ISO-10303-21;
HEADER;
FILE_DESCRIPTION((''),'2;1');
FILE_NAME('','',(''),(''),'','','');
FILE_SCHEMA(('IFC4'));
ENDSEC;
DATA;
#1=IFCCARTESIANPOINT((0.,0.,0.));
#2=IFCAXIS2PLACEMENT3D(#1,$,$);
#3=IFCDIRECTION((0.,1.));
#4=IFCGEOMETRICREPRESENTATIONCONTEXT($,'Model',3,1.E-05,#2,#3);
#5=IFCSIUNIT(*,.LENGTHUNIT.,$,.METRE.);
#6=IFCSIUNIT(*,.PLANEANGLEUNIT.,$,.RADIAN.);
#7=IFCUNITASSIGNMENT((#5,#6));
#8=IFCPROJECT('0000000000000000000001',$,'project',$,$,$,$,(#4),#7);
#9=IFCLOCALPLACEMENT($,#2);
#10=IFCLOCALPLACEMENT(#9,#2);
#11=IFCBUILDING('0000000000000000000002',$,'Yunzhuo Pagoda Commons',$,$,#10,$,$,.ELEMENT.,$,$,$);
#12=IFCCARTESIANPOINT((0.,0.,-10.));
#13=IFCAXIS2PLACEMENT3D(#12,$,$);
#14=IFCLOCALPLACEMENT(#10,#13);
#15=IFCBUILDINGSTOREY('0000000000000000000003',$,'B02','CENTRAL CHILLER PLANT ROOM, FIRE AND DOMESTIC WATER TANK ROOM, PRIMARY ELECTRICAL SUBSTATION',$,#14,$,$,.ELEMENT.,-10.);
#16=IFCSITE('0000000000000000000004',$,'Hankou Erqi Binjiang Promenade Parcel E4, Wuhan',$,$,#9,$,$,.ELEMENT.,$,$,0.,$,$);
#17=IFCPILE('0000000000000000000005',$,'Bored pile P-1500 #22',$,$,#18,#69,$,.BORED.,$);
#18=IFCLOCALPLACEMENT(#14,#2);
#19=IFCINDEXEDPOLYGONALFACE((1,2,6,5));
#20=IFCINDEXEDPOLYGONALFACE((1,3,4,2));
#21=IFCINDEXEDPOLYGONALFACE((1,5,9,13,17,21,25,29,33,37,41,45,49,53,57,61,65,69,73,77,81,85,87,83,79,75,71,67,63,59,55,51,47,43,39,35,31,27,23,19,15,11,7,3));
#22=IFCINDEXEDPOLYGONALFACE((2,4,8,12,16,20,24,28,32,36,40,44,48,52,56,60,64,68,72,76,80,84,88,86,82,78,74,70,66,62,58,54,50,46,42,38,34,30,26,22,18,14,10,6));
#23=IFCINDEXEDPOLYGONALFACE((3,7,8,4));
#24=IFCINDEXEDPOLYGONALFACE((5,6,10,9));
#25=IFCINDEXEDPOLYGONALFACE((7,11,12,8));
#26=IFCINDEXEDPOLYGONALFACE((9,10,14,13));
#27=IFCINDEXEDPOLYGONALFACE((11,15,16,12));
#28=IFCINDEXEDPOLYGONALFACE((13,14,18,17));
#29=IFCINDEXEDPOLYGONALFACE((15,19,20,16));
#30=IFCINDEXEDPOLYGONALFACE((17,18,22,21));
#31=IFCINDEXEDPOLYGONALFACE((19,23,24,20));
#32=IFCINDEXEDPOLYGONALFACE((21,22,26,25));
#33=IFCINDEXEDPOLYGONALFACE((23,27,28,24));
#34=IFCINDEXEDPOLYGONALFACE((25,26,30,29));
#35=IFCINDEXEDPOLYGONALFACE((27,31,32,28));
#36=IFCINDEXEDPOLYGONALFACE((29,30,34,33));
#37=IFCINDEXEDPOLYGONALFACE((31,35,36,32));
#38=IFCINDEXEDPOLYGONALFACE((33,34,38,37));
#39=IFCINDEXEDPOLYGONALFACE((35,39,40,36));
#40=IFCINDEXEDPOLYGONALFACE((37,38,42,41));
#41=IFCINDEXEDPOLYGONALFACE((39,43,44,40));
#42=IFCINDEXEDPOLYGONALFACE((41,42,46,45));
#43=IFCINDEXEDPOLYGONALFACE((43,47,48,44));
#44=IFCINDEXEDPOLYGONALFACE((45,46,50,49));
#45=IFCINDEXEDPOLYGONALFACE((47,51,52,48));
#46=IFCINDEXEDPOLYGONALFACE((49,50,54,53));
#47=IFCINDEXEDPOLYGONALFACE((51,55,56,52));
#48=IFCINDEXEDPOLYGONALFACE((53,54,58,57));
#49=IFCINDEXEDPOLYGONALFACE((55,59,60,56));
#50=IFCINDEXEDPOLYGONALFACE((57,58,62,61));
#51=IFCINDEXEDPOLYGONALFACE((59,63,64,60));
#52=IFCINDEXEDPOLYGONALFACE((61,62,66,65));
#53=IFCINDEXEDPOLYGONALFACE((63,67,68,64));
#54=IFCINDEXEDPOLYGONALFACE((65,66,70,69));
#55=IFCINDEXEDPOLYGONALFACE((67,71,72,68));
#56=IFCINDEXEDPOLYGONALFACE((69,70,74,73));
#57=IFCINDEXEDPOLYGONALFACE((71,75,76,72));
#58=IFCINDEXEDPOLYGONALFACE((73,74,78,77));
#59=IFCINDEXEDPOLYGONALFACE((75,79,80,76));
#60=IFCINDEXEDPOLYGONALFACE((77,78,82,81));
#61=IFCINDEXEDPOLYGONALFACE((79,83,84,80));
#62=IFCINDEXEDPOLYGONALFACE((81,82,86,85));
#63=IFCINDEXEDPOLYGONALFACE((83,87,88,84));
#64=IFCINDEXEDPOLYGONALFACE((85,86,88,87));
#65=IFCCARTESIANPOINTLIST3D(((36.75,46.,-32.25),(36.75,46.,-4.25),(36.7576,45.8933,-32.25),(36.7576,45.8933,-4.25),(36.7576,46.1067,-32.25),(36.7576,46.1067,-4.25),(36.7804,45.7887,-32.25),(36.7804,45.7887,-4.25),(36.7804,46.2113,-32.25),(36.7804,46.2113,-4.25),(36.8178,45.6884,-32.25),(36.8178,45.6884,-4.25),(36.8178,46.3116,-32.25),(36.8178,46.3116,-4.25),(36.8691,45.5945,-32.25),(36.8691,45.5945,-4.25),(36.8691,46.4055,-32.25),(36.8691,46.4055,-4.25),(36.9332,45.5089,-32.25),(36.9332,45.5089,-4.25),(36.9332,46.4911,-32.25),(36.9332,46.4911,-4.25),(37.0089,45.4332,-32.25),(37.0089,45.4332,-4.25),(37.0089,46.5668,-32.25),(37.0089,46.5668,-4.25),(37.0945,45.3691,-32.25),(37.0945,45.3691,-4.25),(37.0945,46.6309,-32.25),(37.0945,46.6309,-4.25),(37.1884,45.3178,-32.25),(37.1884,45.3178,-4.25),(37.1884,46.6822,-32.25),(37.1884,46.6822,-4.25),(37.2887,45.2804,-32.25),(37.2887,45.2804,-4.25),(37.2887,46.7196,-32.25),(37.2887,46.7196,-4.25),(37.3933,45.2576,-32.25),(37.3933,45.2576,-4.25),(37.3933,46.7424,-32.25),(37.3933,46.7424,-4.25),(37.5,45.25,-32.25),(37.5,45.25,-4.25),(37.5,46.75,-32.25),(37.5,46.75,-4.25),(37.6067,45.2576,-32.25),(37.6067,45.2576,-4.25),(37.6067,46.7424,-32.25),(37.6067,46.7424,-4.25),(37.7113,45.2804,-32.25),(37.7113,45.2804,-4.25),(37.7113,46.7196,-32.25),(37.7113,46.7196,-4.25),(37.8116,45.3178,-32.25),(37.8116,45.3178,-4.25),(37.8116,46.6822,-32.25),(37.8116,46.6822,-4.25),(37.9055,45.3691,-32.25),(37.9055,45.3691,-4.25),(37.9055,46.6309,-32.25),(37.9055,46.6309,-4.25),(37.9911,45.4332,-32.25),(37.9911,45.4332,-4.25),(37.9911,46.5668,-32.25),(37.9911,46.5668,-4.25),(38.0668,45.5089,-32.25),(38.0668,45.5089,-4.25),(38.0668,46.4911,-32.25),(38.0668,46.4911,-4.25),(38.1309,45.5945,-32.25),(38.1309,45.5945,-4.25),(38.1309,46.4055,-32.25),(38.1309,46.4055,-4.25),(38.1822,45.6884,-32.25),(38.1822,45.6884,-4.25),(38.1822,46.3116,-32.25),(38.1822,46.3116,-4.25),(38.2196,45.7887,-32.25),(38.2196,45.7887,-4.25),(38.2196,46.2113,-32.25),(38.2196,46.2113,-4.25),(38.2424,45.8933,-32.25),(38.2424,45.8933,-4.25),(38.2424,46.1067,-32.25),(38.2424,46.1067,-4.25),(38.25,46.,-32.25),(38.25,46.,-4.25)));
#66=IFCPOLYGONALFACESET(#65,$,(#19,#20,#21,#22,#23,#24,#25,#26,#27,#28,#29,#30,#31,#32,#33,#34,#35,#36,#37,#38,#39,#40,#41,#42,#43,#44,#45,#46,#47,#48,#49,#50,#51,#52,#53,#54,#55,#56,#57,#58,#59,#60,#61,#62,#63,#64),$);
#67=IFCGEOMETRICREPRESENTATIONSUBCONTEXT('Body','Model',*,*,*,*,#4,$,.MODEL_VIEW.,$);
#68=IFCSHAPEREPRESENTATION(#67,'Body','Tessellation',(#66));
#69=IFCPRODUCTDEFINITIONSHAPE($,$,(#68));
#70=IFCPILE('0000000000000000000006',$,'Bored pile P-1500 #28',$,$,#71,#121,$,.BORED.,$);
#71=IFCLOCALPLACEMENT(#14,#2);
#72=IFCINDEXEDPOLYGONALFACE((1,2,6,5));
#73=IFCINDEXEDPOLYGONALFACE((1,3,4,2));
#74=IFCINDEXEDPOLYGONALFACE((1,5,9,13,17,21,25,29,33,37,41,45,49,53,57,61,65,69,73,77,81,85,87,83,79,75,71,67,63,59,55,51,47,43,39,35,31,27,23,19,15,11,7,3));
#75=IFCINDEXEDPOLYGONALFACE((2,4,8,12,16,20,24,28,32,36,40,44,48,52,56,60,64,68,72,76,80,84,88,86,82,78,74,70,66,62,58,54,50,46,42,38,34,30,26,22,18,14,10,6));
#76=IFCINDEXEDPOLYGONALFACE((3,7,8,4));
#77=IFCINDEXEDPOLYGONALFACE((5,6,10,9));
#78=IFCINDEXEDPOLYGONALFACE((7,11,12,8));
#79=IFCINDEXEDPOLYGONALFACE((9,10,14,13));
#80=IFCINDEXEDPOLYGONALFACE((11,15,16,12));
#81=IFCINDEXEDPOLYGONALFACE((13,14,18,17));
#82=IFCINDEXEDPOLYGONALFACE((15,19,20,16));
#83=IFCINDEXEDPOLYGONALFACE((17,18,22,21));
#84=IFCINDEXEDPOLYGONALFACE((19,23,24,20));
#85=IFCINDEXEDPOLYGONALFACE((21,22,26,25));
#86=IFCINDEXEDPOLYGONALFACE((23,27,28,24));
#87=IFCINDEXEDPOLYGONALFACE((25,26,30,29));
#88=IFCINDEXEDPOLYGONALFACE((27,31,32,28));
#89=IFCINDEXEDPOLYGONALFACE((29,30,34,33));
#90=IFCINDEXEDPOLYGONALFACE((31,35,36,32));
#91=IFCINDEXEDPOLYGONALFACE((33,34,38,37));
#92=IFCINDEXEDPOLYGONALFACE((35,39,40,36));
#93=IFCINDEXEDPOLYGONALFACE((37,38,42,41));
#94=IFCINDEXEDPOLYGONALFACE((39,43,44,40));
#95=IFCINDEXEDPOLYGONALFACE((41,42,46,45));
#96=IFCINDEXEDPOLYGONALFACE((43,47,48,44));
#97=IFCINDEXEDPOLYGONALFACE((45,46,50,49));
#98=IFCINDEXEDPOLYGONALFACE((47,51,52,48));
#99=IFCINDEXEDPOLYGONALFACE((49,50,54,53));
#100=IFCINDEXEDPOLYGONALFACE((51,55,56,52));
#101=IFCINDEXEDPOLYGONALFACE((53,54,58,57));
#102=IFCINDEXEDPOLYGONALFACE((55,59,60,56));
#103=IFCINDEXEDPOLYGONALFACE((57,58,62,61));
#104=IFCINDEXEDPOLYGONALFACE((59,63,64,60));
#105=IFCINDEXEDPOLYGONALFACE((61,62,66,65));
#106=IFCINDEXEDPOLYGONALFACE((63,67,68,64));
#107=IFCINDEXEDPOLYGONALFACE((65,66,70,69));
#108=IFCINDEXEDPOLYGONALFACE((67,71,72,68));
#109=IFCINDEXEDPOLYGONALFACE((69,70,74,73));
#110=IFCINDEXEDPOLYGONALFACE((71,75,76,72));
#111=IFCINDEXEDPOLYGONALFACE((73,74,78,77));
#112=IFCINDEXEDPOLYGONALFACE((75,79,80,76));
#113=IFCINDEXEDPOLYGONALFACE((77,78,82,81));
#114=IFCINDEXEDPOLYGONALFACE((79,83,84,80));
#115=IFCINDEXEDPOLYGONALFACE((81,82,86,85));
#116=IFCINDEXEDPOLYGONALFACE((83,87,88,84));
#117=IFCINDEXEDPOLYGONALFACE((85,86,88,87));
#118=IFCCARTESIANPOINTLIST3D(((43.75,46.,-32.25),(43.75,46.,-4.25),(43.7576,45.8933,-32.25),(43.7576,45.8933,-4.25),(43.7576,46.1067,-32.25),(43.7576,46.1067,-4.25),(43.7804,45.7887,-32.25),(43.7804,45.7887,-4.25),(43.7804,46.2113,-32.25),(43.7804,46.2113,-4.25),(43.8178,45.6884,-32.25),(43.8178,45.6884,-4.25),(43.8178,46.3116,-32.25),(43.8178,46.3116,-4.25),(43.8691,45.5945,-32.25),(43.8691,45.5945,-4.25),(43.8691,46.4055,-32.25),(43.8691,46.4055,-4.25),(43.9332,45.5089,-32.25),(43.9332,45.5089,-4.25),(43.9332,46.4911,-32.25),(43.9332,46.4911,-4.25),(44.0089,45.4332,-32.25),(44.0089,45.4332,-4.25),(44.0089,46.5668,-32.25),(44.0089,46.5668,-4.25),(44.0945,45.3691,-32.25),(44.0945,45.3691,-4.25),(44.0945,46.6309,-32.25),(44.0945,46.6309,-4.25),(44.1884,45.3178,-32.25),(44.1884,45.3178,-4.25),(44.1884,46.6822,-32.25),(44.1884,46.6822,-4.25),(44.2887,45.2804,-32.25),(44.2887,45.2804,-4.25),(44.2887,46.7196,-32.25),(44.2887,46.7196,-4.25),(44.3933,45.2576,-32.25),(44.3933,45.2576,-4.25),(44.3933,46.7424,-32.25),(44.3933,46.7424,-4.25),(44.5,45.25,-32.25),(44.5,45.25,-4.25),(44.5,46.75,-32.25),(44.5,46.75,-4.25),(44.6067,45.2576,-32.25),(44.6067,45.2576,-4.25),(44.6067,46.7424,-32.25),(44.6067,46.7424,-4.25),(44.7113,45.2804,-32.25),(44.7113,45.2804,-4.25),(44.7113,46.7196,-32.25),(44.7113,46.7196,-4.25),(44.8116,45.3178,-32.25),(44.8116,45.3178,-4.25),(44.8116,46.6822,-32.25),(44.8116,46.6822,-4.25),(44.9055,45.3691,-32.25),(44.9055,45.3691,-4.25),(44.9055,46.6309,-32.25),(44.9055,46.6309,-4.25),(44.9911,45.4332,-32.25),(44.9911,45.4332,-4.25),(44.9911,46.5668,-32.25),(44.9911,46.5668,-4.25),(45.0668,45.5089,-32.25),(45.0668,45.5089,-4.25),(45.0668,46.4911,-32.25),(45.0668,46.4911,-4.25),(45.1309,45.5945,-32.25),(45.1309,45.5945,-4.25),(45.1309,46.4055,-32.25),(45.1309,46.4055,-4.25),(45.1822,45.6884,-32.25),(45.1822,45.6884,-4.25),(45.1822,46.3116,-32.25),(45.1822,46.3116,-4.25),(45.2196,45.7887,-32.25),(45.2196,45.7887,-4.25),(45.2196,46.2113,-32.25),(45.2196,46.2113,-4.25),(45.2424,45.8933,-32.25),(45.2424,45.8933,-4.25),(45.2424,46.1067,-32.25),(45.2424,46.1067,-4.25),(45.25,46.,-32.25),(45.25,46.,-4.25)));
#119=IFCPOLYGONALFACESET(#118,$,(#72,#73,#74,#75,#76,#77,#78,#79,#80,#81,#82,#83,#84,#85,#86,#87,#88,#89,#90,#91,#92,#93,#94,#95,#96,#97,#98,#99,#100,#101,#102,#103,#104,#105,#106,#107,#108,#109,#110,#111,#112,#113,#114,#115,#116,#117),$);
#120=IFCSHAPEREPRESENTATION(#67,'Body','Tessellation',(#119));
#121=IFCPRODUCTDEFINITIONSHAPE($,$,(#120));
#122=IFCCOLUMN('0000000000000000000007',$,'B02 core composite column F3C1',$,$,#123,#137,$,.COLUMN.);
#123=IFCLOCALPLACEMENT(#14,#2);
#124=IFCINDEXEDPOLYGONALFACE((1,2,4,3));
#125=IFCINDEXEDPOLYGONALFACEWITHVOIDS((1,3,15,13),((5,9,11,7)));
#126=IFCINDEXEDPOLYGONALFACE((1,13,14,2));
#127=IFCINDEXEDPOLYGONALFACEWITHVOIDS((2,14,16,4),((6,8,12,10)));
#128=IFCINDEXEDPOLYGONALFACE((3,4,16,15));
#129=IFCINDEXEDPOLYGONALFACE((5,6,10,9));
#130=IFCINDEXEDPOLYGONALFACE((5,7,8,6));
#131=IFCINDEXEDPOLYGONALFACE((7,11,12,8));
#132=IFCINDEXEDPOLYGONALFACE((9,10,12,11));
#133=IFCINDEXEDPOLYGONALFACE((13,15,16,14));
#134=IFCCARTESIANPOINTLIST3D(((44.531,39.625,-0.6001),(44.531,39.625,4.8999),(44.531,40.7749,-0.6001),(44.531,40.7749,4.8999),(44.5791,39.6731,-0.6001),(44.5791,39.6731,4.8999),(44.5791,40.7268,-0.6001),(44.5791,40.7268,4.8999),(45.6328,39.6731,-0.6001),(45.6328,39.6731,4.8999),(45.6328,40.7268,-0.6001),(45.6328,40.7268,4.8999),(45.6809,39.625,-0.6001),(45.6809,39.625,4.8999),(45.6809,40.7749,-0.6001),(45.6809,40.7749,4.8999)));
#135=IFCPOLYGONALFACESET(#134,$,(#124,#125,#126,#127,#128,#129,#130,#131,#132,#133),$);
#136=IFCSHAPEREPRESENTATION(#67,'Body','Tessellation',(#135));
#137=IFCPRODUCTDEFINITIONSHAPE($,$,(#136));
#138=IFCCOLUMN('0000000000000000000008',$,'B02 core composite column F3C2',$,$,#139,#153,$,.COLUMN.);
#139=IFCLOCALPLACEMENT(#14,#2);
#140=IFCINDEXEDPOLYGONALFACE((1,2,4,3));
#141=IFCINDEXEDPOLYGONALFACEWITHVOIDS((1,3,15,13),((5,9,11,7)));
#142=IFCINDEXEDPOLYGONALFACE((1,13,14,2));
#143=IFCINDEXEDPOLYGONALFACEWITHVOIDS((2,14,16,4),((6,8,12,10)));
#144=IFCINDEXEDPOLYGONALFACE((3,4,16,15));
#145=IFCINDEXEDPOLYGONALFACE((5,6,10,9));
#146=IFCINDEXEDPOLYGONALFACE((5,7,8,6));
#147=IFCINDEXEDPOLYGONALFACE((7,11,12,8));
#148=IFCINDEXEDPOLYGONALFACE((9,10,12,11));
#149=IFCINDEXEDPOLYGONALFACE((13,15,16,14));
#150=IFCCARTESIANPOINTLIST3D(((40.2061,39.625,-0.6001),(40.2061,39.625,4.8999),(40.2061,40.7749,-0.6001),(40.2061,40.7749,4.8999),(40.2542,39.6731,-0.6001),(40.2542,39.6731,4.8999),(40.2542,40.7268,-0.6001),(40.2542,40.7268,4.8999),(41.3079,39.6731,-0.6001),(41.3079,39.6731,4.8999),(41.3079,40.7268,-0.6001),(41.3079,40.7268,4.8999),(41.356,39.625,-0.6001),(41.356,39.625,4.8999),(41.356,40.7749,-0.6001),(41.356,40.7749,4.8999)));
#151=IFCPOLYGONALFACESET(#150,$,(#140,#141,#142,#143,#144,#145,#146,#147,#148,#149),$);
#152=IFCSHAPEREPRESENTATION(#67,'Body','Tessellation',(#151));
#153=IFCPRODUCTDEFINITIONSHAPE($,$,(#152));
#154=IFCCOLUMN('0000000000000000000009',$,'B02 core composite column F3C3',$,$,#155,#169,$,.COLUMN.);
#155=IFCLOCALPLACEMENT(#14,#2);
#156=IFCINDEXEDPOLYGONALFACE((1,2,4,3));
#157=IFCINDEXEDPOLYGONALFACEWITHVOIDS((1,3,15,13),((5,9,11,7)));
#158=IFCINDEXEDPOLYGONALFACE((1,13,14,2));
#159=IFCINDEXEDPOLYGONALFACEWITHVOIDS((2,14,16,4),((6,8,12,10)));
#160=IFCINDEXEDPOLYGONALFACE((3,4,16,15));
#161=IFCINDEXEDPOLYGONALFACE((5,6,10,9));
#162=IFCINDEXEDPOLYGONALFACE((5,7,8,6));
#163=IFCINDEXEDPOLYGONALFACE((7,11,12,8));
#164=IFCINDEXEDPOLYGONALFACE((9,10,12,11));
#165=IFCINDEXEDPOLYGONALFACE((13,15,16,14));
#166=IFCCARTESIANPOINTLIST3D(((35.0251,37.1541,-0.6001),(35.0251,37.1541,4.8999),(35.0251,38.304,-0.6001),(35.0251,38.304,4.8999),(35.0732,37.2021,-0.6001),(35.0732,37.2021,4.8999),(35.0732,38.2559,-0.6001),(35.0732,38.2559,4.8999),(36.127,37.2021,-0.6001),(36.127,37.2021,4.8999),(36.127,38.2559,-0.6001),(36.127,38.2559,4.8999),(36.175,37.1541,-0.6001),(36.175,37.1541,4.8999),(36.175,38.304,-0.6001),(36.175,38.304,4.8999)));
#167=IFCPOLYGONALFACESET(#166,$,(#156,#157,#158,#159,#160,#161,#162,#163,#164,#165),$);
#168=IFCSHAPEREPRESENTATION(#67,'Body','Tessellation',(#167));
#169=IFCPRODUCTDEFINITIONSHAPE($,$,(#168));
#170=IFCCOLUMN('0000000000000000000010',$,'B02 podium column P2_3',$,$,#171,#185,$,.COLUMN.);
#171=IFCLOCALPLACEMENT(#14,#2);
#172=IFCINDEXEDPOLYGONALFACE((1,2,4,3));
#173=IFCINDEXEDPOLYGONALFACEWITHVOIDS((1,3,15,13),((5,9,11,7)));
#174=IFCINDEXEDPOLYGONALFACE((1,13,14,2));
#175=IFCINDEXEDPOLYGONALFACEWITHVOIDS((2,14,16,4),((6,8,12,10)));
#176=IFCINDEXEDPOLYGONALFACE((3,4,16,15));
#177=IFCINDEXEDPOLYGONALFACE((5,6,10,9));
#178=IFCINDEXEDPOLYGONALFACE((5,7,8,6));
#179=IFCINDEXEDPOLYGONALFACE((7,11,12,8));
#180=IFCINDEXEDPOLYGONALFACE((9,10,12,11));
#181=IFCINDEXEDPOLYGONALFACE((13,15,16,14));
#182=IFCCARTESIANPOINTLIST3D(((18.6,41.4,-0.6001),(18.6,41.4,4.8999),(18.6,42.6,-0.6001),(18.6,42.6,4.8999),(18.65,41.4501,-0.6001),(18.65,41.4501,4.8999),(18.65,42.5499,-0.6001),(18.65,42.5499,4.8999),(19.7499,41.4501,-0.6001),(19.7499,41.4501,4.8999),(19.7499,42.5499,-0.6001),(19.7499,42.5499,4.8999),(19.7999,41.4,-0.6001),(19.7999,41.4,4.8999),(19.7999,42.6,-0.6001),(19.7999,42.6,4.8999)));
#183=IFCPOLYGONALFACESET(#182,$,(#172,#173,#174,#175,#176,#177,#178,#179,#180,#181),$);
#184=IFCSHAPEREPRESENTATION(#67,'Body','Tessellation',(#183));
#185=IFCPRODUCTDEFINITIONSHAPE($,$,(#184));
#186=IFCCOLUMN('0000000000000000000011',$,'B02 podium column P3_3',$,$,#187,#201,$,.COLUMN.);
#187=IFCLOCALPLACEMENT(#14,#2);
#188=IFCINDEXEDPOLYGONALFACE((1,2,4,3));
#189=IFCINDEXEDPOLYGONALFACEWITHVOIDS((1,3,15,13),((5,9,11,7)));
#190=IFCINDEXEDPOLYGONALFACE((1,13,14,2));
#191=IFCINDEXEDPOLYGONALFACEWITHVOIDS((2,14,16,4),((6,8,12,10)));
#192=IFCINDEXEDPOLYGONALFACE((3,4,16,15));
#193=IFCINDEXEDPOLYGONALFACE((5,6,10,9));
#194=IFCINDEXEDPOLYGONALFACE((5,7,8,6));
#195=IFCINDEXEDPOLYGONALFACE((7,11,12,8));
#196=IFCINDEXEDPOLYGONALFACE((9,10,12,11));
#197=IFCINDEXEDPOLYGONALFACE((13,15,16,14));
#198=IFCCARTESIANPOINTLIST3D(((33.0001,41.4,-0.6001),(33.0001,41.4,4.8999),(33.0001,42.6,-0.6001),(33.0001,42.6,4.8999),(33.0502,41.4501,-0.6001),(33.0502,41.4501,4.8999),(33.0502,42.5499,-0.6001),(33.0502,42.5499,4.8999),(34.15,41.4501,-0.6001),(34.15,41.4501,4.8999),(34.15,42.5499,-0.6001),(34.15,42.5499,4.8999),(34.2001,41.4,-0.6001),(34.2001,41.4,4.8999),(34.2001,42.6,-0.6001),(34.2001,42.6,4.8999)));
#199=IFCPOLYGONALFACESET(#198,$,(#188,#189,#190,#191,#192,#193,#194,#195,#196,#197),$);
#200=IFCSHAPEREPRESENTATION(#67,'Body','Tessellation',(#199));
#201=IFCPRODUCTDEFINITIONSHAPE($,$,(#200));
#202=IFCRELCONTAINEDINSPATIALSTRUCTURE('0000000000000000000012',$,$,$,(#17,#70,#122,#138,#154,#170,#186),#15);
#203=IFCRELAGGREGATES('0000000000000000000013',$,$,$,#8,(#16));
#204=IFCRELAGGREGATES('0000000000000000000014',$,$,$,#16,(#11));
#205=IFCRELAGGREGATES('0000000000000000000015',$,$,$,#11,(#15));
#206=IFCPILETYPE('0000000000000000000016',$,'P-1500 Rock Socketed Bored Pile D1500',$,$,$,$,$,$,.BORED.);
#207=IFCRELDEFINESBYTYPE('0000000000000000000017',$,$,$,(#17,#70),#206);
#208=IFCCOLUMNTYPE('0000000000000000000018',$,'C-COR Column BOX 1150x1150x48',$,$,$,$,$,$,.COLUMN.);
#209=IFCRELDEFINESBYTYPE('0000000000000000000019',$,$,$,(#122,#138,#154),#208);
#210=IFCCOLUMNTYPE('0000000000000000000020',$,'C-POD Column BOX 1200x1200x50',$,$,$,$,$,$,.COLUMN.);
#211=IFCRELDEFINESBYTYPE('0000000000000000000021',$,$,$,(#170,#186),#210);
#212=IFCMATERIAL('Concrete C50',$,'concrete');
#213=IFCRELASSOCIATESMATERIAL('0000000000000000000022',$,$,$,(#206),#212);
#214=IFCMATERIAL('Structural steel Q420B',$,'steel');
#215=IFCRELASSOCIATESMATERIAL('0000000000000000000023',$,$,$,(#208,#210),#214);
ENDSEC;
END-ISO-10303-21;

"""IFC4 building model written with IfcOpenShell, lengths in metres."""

from ifc_helpers import new_model, si_unit, direction, frame, origin, origin_2d, place, context, subcontext, project, spatial, hollow_rectangle, circle, extrude, source, transform, mapped, material, material_profile, profile_set, type_object, element, save


model = new_model("IFC4")

# Units and contexts
model_context = context("Model", 3, precision=1e-05, world=origin(), true_north=direction((0.0, 1.0)))
body_context = subcontext(model_context, "Body", "Model", "MODEL_VIEW")
ifc_project = project(units=[si_unit("LENGTHUNIT", "METRE"), si_unit("PLANEANGLEUNIT", "RADIAN")], contexts=[model_context])

# Site, building, storey
site_placement = place(None, origin())
site = spatial("IfcSite", under=ifc_project, at=site_placement, Name="Hankou Erqi Binjiang Promenade Parcel E4, Wuhan", CompositionType="ELEMENT", RefElevation=0.0)
building_placement = place(site_placement, origin())
building = spatial("IfcBuilding", under=site, at=building_placement, Name="Yunzhuo Pagoda Commons", CompositionType="ELEMENT")
storey_placement = place(building_placement, frame((0.0, 0.0, -10.0)))
storey = spatial("IfcBuildingStorey", under=building, at=storey_placement, Name="B02", Description="CENTRAL CHILLER PLANT ROOM, FIRE AND DOMESTIC WATER TANK ROOM, PRIMARY ELECTRICAL SUBSTATION", CompositionType="ELEMENT", Elevation=-10.0)

# Piles
ifc_material_1 = material(Name="Concrete C50", Category="concrete")
ifc_material_profile_1 = material_profile(ifc_material_1, circle(Radius=0.75, at=origin_2d()), Name="Concrete C50")
ifc_profile_set_1 = profile_set([ifc_material_profile_1], Name="Concrete C50")
pile_type = type_object("IfcPileType", Name="P-1500 Rock Socketed Bored Pile D1500", PredefinedType="BORED", material=ifc_profile_set_1)
shared_shape_1 = source(origin(), body_context, "Body", "SweptSolid", [
    extrude(circle(Radius=0.75, at=origin_2d()), origin(), (0.0, 0.0, 1.0), 28.0),
])
for number, where, z_axis, x_axis, name in (
    (1, (37.5, 46.0, -4.25), (0.0, 0.0, -1.0), (1.0, 0.0, 0.0), "Bored pile P-1500 #22"),
    (2, (44.5, 46.0, -4.25), (0.0, 0.0, -1.0), (1.0, 0.0, 0.0), "Bored pile P-1500 #28"),
):
    element("IfcPile", number, at=place(storey_placement, frame(where, z_axis=z_axis, x_axis=x_axis)), inside=storey, type_object=pile_type, Name=name, PredefinedType="BORED", context=body_context, shape_type="MappedRepresentation", body=[
        mapped(shared_shape_1, transform((0.0, 0.0, 0.0), scale=1.0)),
    ])

# Columns
ifc_material_2 = material(Name="Structural steel Q420B", Category="steel")
ifc_material_profile_2 = material_profile(ifc_material_2, hollow_rectangle(XDim=1.1499, YDim=1.1499, WallThickness=0.0481, at=origin_2d()), Name="Structural steel Q420B")
ifc_profile_set_2 = profile_set([ifc_material_profile_2], Name="Structural steel Q420B")
column_type_1 = type_object("IfcColumnType", Name="C-COR Column BOX 1150x1150x48", PredefinedType="COLUMN", material=ifc_profile_set_2)
shared_shape_2 = source(origin(), body_context, "Body", "SweptSolid", [
    extrude(hollow_rectangle(XDim=1.1499, YDim=1.1499, WallThickness=0.0481, at=origin_2d()), origin(), (0.0, 0.0, 1.0), 5.5),
])
for number, where, z_axis, x_axis, name in (
    (3, (45.106, 40.2, -0.6001), (0.0, 0.0, 1.0), (1.0, 0.0, 0.0), "B02 core composite column F3C1"),
    (4, (40.781, 40.2, -0.6001), (0.0, 0.0, 1.0), (1.0, 0.0, 0.0), "B02 core composite column F3C2"),
    (5, (35.6001, 37.729, -0.6001), (0.0, 0.0, 1.0), (1.0, 0.0, 0.0), "B02 core composite column F3C3"),
):
    element("IfcColumn", number, at=place(storey_placement, frame(where, z_axis=z_axis, x_axis=x_axis)), inside=storey, type_object=column_type_1, Name=name, PredefinedType="COLUMN", context=body_context, shape_type="MappedRepresentation", body=[
        mapped(shared_shape_2, transform((0.0, 0.0, 0.0), scale=1.0)),
    ])
ifc_material_profile_3 = material_profile(ifc_material_2, hollow_rectangle(XDim=1.2, YDim=1.2, WallThickness=0.05, at=origin_2d()), Name="Structural steel Q420B")
ifc_profile_set_3 = profile_set([ifc_material_profile_3], Name="Structural steel Q420B")
column_type_2 = type_object("IfcColumnType", Name="C-POD Column BOX 1200x1200x50", PredefinedType="COLUMN", material=ifc_profile_set_3)
shared_shape_3 = source(origin(), body_context, "Body", "SweptSolid", [
    extrude(hollow_rectangle(XDim=1.2, YDim=1.2, WallThickness=0.05, at=origin_2d()), origin(), (0.0, 0.0, 1.0), 5.5),
])
for number, where, z_axis, x_axis, name in (
    (6, (19.2, 42.0, -0.6001), (0.0, 0.0, 1.0), (1.0, 0.0, 0.0), "B02 podium column P2_3"),
    (7, (33.6001, 42.0, -0.6001), (0.0, 0.0, 1.0), (1.0, 0.0, 0.0), "B02 podium column P3_3"),
):
    element("IfcColumn", number, at=place(storey_placement, frame(where, z_axis=z_axis, x_axis=x_axis)), inside=storey, type_object=column_type_2, Name=name, PredefinedType="COLUMN", context=body_context, shape_type="MappedRepresentation", body=[
        mapped(shared_shape_3, transform((0.0, 0.0, 0.0), scale=1.0)),
    ])

save(model, "model.ifc")
